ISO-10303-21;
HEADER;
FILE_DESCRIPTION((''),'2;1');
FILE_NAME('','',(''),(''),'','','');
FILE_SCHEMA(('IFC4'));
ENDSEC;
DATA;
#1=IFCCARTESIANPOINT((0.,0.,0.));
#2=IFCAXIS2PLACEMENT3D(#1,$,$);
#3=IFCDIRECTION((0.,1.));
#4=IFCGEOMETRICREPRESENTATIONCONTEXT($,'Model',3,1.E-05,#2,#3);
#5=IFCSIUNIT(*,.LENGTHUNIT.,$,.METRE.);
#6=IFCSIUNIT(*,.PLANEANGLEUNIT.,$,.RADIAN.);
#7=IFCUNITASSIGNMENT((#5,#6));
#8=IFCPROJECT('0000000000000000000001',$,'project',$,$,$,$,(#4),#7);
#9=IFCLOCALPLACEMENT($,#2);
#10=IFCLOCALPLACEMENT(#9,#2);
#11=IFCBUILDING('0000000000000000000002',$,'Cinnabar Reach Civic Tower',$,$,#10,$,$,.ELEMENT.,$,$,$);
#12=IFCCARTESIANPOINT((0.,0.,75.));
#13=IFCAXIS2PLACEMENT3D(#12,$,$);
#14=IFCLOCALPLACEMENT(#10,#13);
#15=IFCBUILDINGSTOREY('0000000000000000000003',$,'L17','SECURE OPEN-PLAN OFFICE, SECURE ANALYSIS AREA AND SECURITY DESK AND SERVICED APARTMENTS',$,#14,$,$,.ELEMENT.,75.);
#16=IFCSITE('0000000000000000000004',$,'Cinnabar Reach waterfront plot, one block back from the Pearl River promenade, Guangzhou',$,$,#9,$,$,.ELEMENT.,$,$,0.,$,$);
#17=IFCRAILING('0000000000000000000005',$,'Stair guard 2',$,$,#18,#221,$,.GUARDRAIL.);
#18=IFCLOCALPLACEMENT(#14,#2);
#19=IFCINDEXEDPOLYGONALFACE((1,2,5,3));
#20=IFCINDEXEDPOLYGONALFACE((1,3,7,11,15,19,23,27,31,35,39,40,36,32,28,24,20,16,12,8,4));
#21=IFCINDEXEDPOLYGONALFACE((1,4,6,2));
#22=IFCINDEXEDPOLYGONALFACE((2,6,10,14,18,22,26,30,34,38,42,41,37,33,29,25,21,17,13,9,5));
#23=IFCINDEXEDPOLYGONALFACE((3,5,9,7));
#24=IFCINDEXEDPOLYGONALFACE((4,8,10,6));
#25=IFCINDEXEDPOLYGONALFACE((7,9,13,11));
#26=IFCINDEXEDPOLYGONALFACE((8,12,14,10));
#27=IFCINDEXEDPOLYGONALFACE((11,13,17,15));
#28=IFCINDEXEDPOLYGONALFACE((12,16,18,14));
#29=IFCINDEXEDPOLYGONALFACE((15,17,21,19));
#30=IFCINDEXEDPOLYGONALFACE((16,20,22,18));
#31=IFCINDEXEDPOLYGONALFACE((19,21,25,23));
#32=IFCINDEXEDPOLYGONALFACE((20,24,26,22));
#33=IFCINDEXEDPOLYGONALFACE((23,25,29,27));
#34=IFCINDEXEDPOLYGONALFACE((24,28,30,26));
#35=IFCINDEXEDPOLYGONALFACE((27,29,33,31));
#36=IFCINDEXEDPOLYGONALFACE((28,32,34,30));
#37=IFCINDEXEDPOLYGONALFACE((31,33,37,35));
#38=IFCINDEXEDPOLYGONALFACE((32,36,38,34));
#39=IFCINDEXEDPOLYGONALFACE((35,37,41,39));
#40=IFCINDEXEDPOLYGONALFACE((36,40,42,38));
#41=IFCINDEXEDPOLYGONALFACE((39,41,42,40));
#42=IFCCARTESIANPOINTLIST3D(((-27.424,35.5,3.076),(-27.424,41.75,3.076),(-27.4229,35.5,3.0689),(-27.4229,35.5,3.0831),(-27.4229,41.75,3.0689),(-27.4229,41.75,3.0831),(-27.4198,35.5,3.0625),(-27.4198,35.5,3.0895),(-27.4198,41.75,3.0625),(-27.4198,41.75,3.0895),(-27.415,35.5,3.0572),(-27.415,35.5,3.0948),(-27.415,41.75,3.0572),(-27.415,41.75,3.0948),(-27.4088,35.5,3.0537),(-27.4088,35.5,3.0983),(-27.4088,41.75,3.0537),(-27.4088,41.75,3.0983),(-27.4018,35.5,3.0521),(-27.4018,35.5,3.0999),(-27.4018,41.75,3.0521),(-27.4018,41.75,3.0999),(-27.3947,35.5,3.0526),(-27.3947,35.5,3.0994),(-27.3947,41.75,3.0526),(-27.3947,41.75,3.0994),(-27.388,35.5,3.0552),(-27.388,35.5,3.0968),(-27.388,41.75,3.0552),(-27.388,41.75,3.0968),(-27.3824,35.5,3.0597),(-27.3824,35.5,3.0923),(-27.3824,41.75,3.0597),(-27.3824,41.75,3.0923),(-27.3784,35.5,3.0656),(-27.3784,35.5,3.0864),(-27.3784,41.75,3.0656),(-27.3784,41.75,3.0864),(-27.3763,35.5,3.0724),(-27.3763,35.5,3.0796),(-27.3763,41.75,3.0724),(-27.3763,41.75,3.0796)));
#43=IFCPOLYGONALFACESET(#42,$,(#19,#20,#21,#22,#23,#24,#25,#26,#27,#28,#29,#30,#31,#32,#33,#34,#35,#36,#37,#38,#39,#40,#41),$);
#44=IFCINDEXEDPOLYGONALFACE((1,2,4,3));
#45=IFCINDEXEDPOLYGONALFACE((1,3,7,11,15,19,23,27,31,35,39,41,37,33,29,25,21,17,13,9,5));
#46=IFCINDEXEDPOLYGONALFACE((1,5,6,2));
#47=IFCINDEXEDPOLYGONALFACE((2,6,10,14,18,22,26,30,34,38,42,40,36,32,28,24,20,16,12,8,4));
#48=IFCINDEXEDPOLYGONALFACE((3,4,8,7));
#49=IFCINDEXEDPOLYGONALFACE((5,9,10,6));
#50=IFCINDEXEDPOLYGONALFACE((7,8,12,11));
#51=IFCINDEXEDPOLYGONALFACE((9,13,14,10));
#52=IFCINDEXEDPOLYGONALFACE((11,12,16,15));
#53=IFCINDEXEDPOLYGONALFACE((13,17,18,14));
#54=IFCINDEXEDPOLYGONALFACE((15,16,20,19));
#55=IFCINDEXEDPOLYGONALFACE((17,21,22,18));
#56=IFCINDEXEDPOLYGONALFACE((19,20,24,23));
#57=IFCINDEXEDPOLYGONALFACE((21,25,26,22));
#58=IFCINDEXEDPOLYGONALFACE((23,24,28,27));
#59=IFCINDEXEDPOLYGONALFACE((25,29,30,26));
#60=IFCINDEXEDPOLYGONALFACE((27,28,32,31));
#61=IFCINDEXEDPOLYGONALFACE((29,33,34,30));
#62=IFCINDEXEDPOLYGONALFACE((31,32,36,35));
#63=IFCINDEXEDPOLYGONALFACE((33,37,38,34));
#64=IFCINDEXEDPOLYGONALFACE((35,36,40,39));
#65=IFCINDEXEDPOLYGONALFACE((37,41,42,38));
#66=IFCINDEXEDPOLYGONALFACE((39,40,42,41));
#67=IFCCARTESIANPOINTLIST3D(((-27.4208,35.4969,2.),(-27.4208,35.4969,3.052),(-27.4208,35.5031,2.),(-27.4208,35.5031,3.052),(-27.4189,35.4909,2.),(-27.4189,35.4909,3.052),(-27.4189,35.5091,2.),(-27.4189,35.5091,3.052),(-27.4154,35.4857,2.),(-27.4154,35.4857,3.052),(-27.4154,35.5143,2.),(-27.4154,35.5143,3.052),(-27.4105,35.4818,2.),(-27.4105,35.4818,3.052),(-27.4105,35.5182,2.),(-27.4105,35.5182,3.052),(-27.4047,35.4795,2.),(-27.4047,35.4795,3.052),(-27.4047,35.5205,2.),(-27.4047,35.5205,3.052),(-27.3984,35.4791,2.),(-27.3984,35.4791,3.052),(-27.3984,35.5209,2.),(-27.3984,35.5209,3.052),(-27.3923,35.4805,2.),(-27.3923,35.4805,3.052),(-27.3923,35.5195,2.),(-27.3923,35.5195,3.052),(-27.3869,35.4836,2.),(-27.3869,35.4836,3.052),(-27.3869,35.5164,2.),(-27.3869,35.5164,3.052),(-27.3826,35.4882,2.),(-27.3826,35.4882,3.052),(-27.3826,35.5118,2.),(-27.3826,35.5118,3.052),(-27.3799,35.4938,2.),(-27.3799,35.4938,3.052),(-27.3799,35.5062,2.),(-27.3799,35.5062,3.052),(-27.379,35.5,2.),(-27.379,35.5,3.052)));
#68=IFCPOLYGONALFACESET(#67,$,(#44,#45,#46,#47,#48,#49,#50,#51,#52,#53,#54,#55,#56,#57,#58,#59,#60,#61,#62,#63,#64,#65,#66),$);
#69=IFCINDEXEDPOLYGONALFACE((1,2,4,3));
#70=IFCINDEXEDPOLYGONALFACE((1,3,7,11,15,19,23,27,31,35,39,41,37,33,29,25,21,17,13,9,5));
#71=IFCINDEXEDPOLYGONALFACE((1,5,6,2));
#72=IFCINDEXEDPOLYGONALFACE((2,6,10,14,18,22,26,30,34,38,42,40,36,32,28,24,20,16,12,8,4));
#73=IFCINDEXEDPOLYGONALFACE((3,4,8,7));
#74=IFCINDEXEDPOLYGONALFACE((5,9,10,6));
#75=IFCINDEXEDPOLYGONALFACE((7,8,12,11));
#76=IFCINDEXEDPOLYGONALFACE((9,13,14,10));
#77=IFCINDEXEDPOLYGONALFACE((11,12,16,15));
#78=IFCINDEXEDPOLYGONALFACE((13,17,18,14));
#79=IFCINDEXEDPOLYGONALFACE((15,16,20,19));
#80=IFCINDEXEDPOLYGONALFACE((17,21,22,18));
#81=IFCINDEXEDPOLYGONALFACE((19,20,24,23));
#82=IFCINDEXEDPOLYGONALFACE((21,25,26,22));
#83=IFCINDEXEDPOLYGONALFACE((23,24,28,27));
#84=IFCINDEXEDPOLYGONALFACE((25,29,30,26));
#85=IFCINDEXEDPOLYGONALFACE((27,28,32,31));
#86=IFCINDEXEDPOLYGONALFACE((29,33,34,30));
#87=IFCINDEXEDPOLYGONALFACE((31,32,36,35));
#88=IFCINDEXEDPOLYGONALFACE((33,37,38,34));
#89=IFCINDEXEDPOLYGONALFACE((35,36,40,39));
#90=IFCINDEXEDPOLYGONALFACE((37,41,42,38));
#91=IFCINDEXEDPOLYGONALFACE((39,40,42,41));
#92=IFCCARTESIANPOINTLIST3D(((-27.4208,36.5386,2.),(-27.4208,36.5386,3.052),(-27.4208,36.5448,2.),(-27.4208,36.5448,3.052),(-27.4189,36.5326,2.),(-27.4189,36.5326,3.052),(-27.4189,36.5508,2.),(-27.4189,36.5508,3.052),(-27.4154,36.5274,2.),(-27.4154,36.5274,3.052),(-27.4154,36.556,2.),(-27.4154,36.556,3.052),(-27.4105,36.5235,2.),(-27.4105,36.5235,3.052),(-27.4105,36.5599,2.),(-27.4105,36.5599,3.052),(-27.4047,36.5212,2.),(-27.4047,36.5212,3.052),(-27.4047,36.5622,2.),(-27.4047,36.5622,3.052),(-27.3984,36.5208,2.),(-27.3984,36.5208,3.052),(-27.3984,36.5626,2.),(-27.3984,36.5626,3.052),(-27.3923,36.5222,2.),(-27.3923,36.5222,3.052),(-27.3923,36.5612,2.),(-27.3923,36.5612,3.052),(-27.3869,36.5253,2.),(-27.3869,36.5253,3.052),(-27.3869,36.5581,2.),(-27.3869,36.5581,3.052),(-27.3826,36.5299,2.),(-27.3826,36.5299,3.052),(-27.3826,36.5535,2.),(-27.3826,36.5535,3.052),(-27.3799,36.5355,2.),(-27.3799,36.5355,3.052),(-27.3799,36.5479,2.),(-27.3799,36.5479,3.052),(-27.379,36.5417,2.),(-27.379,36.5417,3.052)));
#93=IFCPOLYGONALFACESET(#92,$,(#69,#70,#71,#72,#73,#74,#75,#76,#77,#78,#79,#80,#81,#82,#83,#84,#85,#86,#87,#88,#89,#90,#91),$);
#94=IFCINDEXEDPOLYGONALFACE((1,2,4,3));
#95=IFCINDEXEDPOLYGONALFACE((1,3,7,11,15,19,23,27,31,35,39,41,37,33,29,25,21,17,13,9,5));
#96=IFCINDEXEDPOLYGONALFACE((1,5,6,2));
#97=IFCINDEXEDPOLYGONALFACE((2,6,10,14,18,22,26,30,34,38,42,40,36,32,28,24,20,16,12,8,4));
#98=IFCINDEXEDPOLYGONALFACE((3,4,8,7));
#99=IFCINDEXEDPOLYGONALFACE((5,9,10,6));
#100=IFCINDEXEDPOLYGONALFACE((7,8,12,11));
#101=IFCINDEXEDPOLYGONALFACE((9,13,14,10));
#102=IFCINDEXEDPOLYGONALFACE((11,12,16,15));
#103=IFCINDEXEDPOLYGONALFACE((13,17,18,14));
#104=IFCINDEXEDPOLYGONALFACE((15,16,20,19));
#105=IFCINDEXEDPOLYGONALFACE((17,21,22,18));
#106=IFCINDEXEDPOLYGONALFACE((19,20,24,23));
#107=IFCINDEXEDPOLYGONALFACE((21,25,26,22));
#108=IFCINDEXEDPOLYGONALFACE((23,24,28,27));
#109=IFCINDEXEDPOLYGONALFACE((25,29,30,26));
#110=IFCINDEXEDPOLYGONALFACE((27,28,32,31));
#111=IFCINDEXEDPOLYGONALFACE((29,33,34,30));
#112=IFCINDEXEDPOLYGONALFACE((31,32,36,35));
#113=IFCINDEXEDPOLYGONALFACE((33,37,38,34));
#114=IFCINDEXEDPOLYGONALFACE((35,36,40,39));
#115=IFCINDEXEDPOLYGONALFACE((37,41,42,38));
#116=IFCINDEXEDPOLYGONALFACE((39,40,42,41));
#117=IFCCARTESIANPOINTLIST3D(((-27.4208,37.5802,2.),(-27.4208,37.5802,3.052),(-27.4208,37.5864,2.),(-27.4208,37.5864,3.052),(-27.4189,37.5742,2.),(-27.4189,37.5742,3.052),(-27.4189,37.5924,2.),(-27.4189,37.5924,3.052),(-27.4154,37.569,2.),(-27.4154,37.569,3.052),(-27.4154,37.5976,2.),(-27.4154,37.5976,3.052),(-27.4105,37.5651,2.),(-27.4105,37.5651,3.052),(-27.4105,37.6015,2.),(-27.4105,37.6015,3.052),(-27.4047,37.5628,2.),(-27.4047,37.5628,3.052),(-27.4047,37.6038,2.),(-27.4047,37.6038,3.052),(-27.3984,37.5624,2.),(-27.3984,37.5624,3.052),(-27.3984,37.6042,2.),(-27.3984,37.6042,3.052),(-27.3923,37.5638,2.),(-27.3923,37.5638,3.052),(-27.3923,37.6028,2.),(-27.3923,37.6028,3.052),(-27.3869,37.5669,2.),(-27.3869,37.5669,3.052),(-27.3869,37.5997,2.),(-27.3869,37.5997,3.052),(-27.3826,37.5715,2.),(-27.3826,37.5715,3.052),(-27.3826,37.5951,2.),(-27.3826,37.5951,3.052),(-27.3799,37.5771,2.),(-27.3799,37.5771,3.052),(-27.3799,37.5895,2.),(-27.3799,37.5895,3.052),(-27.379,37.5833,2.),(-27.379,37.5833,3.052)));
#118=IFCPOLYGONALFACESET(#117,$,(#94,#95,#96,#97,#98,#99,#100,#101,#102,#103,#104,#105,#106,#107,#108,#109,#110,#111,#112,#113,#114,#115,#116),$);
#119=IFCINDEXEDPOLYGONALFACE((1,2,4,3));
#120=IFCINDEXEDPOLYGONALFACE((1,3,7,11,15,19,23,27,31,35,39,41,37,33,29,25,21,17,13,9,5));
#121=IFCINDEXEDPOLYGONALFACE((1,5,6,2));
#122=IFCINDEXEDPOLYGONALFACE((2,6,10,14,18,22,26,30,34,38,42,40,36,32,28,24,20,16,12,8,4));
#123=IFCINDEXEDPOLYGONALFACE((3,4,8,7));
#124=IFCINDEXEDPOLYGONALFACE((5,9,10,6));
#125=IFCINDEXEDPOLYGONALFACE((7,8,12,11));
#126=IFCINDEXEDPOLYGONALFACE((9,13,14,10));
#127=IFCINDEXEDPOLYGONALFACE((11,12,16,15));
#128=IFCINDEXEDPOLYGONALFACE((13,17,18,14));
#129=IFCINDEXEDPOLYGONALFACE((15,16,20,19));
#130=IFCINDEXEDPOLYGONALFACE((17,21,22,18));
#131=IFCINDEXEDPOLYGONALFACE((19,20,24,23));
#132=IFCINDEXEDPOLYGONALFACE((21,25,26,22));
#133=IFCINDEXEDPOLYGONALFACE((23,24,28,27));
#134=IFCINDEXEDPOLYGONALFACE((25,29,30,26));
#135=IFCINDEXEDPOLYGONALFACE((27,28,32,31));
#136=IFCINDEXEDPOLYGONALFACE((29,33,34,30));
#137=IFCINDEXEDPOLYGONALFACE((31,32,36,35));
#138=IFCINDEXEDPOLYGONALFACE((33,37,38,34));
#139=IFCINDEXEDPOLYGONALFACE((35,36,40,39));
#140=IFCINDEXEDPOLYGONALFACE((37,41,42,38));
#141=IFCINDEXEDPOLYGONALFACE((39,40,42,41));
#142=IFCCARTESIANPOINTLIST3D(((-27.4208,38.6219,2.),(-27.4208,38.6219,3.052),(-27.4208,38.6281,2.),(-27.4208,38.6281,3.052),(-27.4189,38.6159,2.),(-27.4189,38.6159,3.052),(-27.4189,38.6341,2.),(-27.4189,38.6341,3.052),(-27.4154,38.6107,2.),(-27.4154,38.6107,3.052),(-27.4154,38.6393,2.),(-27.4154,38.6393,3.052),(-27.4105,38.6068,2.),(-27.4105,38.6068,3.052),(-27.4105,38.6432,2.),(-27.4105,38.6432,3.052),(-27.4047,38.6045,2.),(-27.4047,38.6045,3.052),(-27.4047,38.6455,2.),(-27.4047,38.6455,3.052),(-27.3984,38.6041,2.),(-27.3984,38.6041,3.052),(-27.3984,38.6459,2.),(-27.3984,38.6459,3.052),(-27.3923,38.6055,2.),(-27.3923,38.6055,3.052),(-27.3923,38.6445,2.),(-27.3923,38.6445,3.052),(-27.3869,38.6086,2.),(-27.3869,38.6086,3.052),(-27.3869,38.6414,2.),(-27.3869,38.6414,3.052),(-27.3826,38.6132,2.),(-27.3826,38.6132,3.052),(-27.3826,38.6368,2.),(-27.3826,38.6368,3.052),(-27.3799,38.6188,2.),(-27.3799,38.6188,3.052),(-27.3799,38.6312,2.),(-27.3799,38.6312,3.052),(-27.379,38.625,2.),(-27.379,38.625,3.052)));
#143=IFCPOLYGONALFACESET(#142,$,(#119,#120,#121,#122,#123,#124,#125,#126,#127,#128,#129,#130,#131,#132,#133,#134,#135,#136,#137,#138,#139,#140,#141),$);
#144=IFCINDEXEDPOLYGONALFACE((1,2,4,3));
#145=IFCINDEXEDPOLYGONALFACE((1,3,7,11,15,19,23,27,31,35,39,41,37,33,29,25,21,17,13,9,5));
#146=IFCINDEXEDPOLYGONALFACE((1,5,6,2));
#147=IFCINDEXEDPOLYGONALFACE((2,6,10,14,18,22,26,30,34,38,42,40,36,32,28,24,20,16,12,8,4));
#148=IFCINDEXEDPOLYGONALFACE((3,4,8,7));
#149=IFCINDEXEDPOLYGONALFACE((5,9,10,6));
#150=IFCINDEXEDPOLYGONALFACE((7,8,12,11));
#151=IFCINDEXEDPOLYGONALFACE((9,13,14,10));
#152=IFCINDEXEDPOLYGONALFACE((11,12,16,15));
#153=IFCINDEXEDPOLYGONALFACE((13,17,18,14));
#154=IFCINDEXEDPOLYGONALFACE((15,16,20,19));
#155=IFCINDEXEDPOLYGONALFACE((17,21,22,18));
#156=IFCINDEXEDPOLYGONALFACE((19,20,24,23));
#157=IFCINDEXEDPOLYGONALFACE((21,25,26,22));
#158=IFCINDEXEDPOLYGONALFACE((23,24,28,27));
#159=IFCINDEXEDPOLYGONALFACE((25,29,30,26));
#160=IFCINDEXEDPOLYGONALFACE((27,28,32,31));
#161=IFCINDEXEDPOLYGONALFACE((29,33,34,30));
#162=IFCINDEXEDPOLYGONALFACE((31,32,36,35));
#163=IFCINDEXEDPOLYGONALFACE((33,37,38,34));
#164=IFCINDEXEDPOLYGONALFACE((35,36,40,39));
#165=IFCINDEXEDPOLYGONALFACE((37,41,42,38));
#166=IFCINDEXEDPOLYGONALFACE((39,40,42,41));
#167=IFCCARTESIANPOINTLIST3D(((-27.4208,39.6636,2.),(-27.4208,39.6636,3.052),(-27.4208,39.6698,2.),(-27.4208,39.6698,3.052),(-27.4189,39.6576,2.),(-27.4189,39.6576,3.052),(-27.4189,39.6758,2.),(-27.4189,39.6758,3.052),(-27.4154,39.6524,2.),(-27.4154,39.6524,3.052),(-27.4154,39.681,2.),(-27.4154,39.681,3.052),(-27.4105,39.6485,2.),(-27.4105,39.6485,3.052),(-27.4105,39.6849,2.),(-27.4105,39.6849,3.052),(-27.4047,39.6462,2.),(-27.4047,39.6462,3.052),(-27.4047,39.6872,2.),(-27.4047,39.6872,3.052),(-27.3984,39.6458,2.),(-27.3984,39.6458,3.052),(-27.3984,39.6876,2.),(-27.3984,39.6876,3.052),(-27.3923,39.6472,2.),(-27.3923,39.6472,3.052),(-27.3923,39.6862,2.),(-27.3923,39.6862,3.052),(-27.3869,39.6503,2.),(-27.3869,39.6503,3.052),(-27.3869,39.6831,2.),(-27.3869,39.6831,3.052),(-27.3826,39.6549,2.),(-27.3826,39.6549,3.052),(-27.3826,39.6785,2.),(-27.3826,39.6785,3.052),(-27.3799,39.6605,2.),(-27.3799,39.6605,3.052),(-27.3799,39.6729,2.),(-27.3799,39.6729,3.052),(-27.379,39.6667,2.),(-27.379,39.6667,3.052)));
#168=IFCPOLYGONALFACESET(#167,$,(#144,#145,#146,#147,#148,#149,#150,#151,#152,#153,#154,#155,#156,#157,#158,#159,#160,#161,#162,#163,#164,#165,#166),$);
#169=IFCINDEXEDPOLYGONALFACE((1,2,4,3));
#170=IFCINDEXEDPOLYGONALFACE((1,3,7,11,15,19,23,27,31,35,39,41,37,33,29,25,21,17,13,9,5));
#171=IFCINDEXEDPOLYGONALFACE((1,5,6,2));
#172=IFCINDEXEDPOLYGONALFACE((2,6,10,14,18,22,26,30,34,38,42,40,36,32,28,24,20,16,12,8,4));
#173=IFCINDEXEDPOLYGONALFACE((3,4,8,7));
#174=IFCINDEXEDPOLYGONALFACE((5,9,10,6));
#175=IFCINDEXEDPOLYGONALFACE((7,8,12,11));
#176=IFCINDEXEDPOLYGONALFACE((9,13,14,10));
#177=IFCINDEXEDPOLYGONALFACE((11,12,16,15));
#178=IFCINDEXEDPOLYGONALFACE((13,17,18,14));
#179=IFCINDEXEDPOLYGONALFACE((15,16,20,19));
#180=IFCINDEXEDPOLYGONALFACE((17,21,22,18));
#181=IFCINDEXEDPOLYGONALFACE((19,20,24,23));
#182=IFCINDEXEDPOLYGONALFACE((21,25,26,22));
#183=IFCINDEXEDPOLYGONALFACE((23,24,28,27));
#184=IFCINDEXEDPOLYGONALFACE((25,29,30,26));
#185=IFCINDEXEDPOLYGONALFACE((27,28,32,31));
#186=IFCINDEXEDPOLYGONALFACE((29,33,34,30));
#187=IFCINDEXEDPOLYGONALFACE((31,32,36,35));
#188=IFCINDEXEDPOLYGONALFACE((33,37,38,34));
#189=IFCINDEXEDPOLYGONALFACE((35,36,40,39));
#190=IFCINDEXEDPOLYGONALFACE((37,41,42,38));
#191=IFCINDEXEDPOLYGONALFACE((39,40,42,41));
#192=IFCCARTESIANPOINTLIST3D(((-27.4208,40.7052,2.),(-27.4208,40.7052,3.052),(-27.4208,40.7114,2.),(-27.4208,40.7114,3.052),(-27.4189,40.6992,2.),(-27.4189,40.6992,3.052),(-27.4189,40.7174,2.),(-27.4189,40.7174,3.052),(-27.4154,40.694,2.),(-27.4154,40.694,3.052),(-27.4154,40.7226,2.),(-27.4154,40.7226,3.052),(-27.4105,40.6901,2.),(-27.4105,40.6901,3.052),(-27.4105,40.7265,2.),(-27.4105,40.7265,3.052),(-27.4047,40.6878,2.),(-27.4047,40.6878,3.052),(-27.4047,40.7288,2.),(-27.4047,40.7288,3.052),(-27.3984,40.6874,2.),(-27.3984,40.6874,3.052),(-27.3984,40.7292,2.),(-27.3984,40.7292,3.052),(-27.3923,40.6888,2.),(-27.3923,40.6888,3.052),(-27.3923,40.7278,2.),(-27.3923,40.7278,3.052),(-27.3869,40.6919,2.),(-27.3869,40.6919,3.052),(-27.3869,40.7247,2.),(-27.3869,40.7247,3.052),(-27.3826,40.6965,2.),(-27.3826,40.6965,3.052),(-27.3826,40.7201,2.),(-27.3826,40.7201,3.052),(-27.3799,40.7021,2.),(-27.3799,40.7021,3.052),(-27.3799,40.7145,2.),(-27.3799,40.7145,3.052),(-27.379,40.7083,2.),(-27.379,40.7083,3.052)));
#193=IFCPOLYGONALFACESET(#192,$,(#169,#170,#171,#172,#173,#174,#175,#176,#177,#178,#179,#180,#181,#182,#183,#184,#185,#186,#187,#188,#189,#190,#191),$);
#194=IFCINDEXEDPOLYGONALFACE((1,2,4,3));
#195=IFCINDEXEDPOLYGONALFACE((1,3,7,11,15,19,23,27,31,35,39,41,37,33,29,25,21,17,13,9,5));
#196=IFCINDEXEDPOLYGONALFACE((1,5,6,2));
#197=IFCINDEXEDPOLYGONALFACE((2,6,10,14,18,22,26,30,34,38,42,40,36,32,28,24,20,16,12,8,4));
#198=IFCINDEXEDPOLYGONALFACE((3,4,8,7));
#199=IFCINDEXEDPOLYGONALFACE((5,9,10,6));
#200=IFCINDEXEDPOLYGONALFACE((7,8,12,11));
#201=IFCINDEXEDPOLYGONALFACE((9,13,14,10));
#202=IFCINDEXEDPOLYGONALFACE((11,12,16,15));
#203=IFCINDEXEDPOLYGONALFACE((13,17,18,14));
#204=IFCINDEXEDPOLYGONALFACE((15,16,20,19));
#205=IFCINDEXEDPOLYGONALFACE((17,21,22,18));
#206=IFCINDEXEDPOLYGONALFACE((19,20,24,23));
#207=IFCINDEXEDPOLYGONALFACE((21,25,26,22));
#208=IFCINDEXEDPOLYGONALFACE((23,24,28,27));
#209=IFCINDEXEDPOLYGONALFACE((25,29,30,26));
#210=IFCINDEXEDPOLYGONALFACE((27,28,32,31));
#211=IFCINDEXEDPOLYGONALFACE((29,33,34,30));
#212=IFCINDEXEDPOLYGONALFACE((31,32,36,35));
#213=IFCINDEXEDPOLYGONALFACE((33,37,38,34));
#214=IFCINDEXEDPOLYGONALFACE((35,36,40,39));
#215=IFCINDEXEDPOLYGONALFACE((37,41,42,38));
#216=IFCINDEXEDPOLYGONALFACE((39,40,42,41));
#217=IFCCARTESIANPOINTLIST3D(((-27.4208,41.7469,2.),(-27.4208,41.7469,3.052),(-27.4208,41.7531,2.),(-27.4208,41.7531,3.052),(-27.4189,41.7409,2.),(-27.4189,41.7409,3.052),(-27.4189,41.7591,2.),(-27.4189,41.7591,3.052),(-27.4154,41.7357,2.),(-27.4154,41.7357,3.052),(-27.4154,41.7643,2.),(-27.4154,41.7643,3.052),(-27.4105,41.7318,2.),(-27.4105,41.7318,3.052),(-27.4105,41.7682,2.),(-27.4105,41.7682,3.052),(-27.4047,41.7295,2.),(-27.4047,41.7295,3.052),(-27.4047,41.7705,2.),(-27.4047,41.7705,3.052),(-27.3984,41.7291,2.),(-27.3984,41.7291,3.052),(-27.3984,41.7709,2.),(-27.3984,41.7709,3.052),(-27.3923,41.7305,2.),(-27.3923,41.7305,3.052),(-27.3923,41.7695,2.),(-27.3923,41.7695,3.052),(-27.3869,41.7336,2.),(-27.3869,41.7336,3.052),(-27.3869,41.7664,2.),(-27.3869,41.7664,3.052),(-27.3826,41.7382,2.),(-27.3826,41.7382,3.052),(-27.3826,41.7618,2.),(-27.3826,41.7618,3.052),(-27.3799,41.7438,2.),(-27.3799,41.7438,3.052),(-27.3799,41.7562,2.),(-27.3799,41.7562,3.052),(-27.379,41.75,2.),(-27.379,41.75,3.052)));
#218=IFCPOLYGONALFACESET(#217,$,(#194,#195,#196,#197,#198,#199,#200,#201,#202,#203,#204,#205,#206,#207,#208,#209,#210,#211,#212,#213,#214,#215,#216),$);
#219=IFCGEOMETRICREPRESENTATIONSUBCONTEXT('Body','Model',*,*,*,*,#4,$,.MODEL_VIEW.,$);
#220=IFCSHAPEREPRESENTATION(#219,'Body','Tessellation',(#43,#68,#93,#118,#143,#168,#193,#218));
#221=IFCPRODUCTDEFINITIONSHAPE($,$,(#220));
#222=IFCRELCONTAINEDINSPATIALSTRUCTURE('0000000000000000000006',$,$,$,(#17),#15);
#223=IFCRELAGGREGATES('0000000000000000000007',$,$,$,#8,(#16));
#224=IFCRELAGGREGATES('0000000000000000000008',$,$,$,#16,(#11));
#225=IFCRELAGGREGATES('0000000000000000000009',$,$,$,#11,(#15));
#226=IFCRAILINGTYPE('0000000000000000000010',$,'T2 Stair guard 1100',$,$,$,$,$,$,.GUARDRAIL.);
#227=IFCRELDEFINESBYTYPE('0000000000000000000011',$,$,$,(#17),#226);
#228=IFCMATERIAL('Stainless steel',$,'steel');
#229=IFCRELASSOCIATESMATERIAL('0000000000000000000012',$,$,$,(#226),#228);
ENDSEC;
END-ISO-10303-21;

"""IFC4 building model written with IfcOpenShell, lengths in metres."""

from ifc_helpers import new_model, si_unit, direction, frame, origin, origin_2d, place, context, subcontext, project, spatial, circle, extrude, material, type_object, element, save


model = new_model("IFC4")

# Units and contexts
model_context = context("Model", 3, precision=1e-05, world=origin(), true_north=direction((0.0, 1.0)))
body_context = subcontext(model_context, "Body", "Model", "MODEL_VIEW")
ifc_project = project(units=[si_unit("LENGTHUNIT", "METRE"), si_unit("PLANEANGLEUNIT", "RADIAN")], contexts=[model_context])

# Site, building, storey
site_placement = place(None, origin())
site = spatial("IfcSite", under=ifc_project, at=site_placement, Name="Cinnabar Reach waterfront plot, one block back from the Pearl River promenade, Guangzhou", CompositionType="ELEMENT", RefElevation=0.0)
building_placement = place(site_placement, origin())
building = spatial("IfcBuilding", under=site, at=building_placement, Name="Cinnabar Reach Civic Tower", CompositionType="ELEMENT")
storey_placement = place(building_placement, frame((0.0, 0.0, 75.0)))
storey = spatial("IfcBuildingStorey", under=building, at=storey_placement, Name="L17", Description="SECURE OPEN-PLAN OFFICE, SECURE ANALYSIS AREA AND SECURITY DESK AND SERVICED APARTMENTS", CompositionType="ELEMENT", Elevation=75.0)

# Railing
ifc_material_1 = material(Name="Stainless steel", Category="steel")
railing_type = type_object("IfcRailingType", Name="T2 Stair guard 1100", PredefinedType="GUARDRAIL", material=ifc_material_1)
for number, where, name in (
    (1, (-27.4, 35.5, 2.0), "Stair guard 2"),
):
    element("IfcRailing", number, at=place(storey_placement, frame(where)), inside=storey, type_object=railing_type, Name=name, PredefinedType="GUARDRAIL", context=body_context, shape_type="SweptSolid", body=[
        extrude(circle(Radius=0.024, at=origin_2d()), frame((0.0, 0.0, 1.076), z_axis=(0.0, 1.0, 0.0), x_axis=(-1.0, 0.0, 0.0)), (0.0, 0.0, 1.0), 6.25),
        extrude(circle(Radius=0.021, at=origin_2d()), origin(), (0.0, 0.0, 1.0), 1.052),
        extrude(circle(Radius=0.021, at=origin_2d()), frame((0.0, 1.0417, 0.0)), (0.0, 0.0, 1.0), 1.052),
        extrude(circle(Radius=0.021, at=origin_2d()), frame((0.0, 2.0833, 0.0)), (0.0, 0.0, 1.0), 1.052),
        extrude(circle(Radius=0.021, at=origin_2d()), frame((0.0, 3.125, 0.0)), (0.0, 0.0, 1.0), 1.052),
        extrude(circle(Radius=0.021, at=origin_2d()), frame((0.0, 4.1667, 0.0)), (0.0, 0.0, 1.0), 1.052),
        extrude(circle(Radius=0.021, at=origin_2d()), frame((0.0, 5.2083, 0.0)), (0.0, 0.0, 1.0), 1.052),
        extrude(circle(Radius=0.021, at=origin_2d()), frame((0.0, 6.25, 0.0)), (0.0, 0.0, 1.0), 1.052),
    ])

save(model, "model.ifc")
